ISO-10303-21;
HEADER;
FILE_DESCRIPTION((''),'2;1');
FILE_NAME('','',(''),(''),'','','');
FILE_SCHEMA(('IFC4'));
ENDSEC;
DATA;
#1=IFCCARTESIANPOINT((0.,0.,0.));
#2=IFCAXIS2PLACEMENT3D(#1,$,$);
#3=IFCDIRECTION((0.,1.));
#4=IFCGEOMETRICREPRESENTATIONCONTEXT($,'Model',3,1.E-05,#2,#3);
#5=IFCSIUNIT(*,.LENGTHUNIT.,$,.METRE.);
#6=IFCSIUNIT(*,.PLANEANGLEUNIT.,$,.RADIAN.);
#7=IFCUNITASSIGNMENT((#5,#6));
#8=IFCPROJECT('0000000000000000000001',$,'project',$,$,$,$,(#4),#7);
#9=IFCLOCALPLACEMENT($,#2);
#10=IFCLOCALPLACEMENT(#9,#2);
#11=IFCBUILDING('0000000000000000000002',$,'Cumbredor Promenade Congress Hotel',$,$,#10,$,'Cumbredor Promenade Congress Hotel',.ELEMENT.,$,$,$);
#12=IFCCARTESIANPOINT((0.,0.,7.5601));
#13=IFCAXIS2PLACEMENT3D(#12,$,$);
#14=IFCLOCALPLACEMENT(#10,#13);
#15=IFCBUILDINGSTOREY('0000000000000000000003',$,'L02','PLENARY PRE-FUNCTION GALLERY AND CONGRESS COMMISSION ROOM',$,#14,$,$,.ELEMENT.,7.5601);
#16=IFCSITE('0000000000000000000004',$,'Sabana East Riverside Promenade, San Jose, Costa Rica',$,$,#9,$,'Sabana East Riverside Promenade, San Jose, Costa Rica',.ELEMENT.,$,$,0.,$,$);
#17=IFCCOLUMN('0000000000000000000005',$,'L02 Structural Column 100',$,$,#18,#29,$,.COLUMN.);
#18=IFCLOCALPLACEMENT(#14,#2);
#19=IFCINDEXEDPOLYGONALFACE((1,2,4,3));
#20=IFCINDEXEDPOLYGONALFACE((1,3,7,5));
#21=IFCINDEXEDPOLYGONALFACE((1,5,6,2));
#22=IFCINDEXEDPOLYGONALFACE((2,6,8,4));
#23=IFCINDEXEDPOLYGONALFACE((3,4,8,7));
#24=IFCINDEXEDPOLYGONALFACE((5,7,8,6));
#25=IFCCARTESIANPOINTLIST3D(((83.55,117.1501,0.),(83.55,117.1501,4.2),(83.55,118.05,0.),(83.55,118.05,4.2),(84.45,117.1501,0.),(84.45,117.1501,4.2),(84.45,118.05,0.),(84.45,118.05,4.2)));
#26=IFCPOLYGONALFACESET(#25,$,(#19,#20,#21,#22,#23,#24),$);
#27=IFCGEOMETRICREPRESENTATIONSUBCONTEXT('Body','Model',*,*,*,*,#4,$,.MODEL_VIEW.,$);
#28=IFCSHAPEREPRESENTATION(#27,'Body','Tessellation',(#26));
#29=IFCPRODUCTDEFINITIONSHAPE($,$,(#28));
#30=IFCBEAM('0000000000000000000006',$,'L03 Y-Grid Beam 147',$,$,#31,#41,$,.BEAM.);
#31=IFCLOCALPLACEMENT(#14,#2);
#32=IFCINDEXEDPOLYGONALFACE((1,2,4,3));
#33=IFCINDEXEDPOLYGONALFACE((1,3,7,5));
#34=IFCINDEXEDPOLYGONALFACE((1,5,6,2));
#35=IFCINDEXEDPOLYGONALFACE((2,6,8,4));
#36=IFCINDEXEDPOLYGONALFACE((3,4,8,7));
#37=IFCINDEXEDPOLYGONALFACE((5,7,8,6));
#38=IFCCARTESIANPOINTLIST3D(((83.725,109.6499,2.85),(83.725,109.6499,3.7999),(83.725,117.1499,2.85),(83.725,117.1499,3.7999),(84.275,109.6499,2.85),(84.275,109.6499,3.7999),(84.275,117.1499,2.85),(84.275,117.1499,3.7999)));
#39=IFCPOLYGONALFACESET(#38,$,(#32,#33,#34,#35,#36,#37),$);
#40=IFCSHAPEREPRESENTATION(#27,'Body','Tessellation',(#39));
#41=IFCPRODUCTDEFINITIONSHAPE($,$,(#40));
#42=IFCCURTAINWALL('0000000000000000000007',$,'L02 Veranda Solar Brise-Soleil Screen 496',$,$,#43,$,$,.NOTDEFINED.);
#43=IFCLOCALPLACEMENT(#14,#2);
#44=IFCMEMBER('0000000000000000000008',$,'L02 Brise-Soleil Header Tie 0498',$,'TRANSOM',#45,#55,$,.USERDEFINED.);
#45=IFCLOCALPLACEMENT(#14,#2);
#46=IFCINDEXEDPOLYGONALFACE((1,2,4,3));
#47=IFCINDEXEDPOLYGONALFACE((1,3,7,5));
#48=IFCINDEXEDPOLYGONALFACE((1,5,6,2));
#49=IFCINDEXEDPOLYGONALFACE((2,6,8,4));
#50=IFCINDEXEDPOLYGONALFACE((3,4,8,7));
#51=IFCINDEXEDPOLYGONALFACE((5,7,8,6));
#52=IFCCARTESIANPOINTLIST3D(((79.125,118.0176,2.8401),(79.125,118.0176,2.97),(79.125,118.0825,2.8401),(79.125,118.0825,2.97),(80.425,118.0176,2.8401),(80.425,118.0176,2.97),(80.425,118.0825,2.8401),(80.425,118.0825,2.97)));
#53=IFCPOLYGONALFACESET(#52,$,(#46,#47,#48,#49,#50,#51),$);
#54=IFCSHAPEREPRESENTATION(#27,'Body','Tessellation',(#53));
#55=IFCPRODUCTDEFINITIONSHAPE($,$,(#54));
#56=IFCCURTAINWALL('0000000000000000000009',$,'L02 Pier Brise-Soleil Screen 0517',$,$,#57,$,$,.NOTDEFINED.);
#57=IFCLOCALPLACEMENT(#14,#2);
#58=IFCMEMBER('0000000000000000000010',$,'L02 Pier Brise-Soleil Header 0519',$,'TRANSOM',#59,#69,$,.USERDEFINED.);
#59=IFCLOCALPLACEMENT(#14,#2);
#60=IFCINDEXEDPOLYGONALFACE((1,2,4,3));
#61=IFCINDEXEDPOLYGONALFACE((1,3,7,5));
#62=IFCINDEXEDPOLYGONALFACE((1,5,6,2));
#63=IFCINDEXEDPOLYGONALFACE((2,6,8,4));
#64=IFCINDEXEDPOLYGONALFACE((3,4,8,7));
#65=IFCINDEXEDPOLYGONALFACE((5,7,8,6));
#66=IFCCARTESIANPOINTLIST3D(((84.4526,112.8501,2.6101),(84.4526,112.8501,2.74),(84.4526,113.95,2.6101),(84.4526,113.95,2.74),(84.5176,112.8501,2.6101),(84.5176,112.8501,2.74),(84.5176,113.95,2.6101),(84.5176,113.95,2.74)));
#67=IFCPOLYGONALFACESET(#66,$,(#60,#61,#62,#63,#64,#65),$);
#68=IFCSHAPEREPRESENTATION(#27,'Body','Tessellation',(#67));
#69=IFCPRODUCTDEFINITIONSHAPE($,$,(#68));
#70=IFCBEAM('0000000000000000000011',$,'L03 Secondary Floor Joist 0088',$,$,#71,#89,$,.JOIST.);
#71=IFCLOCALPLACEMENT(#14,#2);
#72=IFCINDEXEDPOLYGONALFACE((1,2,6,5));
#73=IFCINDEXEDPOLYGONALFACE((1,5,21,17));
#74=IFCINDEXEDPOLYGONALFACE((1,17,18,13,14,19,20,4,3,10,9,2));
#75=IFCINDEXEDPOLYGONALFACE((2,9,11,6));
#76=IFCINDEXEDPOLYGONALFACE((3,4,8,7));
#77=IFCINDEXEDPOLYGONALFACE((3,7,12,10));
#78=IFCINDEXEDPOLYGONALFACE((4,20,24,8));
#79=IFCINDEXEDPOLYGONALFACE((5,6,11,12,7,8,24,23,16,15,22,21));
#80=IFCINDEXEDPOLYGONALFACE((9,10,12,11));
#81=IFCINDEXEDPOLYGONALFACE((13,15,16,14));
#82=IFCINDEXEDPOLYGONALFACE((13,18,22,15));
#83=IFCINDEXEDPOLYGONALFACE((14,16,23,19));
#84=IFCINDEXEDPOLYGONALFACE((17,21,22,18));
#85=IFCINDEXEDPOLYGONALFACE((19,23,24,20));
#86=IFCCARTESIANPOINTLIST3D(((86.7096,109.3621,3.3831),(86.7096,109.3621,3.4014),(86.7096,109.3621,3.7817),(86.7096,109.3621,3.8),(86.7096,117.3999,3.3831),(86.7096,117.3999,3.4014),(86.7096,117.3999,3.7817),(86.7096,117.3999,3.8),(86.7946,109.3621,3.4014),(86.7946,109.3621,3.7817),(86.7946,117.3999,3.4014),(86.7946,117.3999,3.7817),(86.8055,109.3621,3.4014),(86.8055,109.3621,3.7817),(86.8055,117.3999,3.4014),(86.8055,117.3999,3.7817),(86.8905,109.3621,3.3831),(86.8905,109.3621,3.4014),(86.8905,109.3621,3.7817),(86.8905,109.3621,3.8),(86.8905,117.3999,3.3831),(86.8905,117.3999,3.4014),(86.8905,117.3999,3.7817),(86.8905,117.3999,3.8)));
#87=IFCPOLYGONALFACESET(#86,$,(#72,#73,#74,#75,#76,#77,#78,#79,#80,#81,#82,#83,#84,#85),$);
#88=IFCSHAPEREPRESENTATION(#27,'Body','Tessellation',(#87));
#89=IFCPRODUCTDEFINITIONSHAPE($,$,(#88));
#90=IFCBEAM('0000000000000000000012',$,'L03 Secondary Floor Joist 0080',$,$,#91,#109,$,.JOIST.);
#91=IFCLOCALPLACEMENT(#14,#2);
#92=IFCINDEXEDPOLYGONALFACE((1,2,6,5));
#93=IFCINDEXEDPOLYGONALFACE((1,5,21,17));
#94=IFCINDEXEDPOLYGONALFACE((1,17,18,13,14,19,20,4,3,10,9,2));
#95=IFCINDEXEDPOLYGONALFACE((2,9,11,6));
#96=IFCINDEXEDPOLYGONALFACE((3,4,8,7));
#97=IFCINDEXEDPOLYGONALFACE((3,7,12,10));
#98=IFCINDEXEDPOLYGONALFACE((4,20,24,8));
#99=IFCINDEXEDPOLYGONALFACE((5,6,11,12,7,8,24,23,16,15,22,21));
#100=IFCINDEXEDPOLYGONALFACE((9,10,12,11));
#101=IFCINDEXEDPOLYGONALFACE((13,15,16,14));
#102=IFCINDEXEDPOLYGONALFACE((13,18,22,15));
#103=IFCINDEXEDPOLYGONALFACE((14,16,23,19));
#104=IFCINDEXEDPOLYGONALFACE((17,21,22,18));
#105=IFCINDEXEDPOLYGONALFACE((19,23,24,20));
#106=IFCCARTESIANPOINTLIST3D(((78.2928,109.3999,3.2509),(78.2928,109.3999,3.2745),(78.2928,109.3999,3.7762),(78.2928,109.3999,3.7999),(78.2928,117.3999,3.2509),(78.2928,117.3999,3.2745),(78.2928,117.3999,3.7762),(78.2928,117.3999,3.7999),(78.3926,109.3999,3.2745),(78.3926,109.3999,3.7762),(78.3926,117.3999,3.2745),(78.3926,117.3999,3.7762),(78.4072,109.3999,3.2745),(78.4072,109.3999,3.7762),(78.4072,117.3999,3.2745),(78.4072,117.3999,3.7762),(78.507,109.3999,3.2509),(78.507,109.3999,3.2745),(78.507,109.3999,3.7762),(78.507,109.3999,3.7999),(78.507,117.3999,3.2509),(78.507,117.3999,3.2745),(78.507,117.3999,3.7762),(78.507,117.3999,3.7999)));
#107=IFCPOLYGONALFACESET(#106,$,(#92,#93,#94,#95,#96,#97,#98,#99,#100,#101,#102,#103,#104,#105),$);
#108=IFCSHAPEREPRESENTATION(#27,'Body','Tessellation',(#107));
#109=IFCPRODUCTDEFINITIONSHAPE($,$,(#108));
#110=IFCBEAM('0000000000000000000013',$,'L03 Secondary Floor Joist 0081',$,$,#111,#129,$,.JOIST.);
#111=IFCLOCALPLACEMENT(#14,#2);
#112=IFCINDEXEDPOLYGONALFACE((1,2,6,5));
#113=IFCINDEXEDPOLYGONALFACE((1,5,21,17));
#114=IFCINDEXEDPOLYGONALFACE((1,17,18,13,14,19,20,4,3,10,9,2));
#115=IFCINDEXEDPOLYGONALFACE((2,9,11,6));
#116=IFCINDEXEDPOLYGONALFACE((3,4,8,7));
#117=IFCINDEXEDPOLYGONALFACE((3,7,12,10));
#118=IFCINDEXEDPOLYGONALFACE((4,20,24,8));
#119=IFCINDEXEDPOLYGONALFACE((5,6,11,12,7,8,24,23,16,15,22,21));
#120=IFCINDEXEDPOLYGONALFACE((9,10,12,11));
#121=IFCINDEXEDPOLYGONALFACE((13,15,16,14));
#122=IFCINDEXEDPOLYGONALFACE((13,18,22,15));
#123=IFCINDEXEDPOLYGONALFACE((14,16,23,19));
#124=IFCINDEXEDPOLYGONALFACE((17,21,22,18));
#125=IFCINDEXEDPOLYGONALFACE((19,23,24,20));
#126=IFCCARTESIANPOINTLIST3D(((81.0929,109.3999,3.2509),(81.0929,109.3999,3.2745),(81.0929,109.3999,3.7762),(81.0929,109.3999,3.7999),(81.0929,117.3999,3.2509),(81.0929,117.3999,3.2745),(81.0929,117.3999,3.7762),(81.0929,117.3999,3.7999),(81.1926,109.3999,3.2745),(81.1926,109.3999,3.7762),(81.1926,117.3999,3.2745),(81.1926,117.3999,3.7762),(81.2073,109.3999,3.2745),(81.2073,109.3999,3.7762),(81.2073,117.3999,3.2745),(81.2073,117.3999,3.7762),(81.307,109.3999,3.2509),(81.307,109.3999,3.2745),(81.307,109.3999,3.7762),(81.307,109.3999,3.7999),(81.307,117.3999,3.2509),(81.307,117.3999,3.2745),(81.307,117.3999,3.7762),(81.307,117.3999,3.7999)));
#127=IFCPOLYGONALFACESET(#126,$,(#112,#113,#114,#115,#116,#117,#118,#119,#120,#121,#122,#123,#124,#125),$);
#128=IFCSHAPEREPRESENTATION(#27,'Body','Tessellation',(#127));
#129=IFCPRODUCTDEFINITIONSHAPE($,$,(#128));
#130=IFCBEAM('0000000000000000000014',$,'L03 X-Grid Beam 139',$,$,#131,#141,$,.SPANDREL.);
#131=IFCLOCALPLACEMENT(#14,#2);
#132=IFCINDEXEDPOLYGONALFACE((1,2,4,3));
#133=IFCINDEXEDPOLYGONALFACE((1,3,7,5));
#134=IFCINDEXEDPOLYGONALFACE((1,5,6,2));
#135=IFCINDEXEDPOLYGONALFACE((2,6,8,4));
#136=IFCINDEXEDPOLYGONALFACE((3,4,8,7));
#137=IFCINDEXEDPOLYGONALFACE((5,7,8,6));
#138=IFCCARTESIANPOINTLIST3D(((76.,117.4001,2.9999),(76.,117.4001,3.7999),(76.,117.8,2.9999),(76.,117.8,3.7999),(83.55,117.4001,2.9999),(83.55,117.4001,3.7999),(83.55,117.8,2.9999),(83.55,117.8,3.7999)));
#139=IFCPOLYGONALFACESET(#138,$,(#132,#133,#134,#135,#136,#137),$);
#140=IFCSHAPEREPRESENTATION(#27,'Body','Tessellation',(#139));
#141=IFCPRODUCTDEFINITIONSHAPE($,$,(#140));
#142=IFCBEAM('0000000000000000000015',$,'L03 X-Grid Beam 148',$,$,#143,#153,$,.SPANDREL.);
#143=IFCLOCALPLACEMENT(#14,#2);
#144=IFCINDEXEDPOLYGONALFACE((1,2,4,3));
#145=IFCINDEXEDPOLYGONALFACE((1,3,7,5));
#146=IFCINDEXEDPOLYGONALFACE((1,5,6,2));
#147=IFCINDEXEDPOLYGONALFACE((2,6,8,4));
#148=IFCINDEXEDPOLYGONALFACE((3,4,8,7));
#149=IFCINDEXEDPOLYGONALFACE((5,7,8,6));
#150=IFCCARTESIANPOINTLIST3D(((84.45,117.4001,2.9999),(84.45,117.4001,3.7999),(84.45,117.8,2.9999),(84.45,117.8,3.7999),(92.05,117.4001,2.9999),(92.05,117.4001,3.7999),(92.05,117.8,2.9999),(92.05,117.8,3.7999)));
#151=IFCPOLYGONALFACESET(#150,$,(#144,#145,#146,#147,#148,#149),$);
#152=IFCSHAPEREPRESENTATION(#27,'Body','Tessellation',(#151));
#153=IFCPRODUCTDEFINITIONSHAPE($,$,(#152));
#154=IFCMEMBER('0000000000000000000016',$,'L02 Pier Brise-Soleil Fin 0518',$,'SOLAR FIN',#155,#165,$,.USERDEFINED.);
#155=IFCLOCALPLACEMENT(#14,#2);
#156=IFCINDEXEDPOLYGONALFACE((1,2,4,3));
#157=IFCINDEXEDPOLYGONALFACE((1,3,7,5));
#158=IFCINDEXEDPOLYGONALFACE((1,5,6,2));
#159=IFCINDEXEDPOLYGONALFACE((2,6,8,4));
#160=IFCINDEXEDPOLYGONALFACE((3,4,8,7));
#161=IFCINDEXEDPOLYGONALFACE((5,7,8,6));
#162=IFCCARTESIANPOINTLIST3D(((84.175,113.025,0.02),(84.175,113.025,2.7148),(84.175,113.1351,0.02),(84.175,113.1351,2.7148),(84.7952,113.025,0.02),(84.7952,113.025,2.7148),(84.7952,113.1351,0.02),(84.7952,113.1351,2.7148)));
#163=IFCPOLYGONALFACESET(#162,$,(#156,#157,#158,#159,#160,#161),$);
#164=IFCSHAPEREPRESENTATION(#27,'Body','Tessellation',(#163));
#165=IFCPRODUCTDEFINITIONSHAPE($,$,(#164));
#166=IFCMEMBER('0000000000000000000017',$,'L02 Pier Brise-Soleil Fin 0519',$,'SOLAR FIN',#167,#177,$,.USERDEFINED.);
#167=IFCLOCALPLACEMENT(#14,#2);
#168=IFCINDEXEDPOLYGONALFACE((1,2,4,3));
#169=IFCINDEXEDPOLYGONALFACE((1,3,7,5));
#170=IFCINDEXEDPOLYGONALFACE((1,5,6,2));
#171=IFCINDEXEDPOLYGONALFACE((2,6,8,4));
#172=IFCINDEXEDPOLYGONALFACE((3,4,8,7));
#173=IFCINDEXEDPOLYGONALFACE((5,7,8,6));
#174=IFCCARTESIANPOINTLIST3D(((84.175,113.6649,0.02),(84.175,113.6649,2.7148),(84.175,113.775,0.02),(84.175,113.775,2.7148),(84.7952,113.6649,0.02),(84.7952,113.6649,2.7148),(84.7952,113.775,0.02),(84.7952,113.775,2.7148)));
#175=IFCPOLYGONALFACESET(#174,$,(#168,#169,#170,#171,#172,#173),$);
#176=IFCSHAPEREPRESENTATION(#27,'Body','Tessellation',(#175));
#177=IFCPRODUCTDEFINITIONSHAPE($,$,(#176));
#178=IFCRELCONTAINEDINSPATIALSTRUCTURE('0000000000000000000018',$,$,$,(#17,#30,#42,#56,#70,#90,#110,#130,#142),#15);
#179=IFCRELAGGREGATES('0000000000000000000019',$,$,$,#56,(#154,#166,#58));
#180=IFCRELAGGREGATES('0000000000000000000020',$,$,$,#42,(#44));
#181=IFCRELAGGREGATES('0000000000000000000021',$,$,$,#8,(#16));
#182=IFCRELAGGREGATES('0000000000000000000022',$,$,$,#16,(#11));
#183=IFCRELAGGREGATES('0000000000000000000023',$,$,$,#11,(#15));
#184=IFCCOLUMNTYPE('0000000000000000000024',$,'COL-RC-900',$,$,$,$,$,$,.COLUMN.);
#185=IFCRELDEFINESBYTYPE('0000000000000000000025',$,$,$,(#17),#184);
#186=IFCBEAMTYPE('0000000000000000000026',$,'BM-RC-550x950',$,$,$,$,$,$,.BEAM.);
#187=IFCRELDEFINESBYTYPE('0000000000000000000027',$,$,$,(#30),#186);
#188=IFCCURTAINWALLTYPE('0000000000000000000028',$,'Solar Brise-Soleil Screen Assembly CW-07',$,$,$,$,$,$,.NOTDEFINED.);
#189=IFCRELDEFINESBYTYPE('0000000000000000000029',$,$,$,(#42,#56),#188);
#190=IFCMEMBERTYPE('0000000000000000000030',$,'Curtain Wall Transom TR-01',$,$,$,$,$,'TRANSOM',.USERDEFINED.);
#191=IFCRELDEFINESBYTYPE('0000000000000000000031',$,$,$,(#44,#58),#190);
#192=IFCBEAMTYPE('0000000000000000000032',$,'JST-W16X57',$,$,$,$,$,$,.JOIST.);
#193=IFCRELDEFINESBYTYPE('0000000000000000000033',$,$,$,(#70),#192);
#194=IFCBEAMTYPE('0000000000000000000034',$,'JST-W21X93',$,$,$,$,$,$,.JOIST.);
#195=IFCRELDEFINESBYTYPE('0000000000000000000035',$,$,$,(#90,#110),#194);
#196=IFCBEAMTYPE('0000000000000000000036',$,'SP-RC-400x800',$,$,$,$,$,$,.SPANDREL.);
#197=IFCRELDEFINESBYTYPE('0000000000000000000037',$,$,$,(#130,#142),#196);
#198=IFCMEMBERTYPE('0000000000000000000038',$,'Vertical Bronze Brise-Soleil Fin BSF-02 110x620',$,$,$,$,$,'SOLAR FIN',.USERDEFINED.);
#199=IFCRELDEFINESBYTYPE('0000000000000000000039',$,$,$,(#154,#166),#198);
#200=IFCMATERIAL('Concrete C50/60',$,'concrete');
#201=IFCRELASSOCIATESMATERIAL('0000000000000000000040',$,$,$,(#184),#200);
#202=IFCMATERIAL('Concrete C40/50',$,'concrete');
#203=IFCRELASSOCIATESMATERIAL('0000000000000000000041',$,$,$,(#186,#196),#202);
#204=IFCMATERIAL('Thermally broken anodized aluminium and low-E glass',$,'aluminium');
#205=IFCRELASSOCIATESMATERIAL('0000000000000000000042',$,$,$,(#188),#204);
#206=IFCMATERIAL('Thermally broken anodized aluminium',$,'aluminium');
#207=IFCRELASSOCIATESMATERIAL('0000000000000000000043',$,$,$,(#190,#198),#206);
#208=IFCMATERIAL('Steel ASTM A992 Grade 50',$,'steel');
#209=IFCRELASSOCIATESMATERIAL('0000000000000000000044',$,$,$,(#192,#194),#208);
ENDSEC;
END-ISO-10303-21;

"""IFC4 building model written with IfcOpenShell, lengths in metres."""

from ifc_helpers import new_model, si_unit, direction, frame, origin, origin_2d, place, context, subcontext, project, spatial, rectangle, i_section, extrude, material, material_profile, profile_set, type_object, element, aggregate, save


model = new_model("IFC4")

# Units and contexts
model_context = context("Model", 3, precision=1e-05, world=origin(), true_north=direction((0.0, 1.0)))
body_context = subcontext(model_context, "Body", "Model", "MODEL_VIEW")
ifc_project = project(units=[si_unit("LENGTHUNIT", "METRE"), si_unit("PLANEANGLEUNIT", "RADIAN")], contexts=[model_context])

# Site, building, storey
site_placement = place(None, origin())
site = spatial("IfcSite", under=ifc_project, at=site_placement, Name="Sabana East Riverside Promenade, San Jose, Costa Rica", LongName="Sabana East Riverside Promenade, San Jose, Costa Rica", CompositionType="ELEMENT", RefElevation=0.0)
building_placement = place(site_placement, origin())
building = spatial("IfcBuilding", under=site, at=building_placement, Name="Cumbredor Promenade Congress Hotel", LongName="Cumbredor Promenade Congress Hotel", CompositionType="ELEMENT")
storey_placement = place(building_placement, frame((0.0, 0.0, 7.5601)))
storey = spatial("IfcBuildingStorey", under=building, at=storey_placement, Name="L02", Description="PLENARY PRE-FUNCTION GALLERY AND CONGRESS COMMISSION ROOM", CompositionType="ELEMENT", Elevation=7.5601)

# Column
ifc_material_1 = material(Name="Concrete C50/60", Category="concrete")
ifc_material_profile_1 = material_profile(ifc_material_1, rectangle(XDim=0.8999, YDim=0.8999, at=origin_2d()), Name="RC 900x900")
ifc_profile_set_1 = profile_set([ifc_material_profile_1], Name="Concrete C50/60")
column_type = type_object("IfcColumnType", Name="COL-RC-900", PredefinedType="COLUMN", material=ifc_profile_set_1)
column_placement = place(storey_placement, frame((84.0, 117.6001, 0.0), z_axis=(0.0, 0.0, 1.0), x_axis=(1.0, 0.0, 0.0)))
element("IfcColumn", 1, at=column_placement, inside=storey, type_object=column_type, Name="L02 Structural Column 100", PredefinedType="COLUMN", context=body_context, shape_type="SweptSolid", body=[
    extrude(rectangle(XDim=0.8999, YDim=0.8999, at=origin_2d()), origin(), (0.0, 0.0, 1.0), 4.2),
])

# Beam
ifc_material_2 = material(Name="Concrete C40/50", Category="concrete")
ifc_material_profile_2 = material_profile(ifc_material_2, rectangle(XDim=0.55, YDim=0.95, at=origin_2d()), Name="RC BEAM 550x950")
ifc_profile_set_2 = profile_set([ifc_material_profile_2], Name="Concrete C40/50")
beam_type_1 = type_object("IfcBeamType", Name="BM-RC-550x950", PredefinedType="BEAM", material=ifc_profile_set_2)
beam_1_placement = place(storey_placement, frame((84.0, 109.6499, 3.325), z_axis=(0.0, 1.0, 0.0), x_axis=(-1.0, 0.0, 0.0)))
element("IfcBeam", 2, at=beam_1_placement, inside=storey, type_object=beam_type_1, Name="L03 Y-Grid Beam 147", PredefinedType="BEAM", context=body_context, shape_type="SweptSolid", body=[
    extrude(rectangle(XDim=0.55, YDim=0.95, at=origin_2d()), origin(), (0.0, 0.0, 1.0), 7.5),
])

# Curtain walls, members
ifc_material_3 = material(Name="Thermally broken anodized aluminium and low-E glass", Category="aluminium")
curtain_wall_type = type_object("IfcCurtainWallType", Name="Solar Brise-Soleil Screen Assembly CW-07", PredefinedType="NOTDEFINED", material=ifc_material_3)
curtain_wall_1_placement = place(storey_placement, origin())
curtain_wall_1 = element("IfcCurtainWall", 3, at=curtain_wall_1_placement, inside=storey, type_object=curtain_wall_type, Name="L02 Veranda Solar Brise-Soleil Screen 496", PredefinedType="NOTDEFINED")
ifc_material_4 = material(Name="Thermally broken anodized aluminium", Category="aluminium")
ifc_material_profile_3 = material_profile(ifc_material_4, rectangle(XDim=0.0649, YDim=0.1299, at=origin_2d()), Name="ALU TRANSOM 65x130")
ifc_profile_set_3 = profile_set([ifc_material_profile_3], Name="Thermally broken anodized aluminium")
member_type_1 = type_object("IfcMemberType", Name="Curtain Wall Transom TR-01", ElementType="TRANSOM", PredefinedType="USERDEFINED", material=ifc_profile_set_3)
member_1_placement = place(storey_placement, frame((79.125, 118.05, 2.905), z_axis=(1.0, 0.0, 0.0), x_axis=(0.0, 1.0, 0.0)))
member_1 = element("IfcMember", 4, at=member_1_placement, type_object=member_type_1, Name="L02 Brise-Soleil Header Tie 0498", ObjectType="TRANSOM", PredefinedType="USERDEFINED", context=body_context, shape_type="SweptSolid", body=[
    extrude(rectangle(XDim=0.0649, YDim=0.1299, at=origin_2d()), origin(), (0.0, 0.0, 1.0), 1.3),
])
curtain_wall_2_placement = place(storey_placement, origin())
curtain_wall_2 = element("IfcCurtainWall", 5, at=curtain_wall_2_placement, inside=storey, type_object=curtain_wall_type, Name="L02 Pier Brise-Soleil Screen 0517", PredefinedType="NOTDEFINED")
member_2_placement = place(storey_placement, frame((84.4851, 112.8501, 2.675), z_axis=(0.0, 1.0, 0.0), x_axis=(-1.0, 0.0, 0.0)))
member_2 = element("IfcMember", 6, at=member_2_placement, type_object=member_type_1, Name="L02 Pier Brise-Soleil Header 0519", ObjectType="TRANSOM", PredefinedType="USERDEFINED", context=body_context, shape_type="SweptSolid", body=[
    extrude(rectangle(XDim=0.0649, YDim=0.1299, at=origin_2d()), origin(), (0.0, 0.0, 1.0), 1.0999),
])

# Beams
ifc_material_5 = material(Name="Steel ASTM A992 Grade 50", Category="steel")
ifc_material_profile_4 = material_profile(ifc_material_5, i_section(OverallWidth=0.1809, OverallDepth=0.417, WebThickness=0.011, FlangeThickness=0.0183, at=origin_2d()), Name="W16X57")
ifc_profile_set_4 = profile_set([ifc_material_profile_4], Name="Steel ASTM A992 Grade 50")
beam_type_2 = type_object("IfcBeamType", Name="JST-W16X57", PredefinedType="JOIST", material=ifc_profile_set_4)
beam_2_placement = place(storey_placement, frame((86.8, 109.3621, 3.5916), z_axis=(0.0, 1.0, 0.0), x_axis=(-1.0, 0.0, 0.0)))
element("IfcBeam", 7, at=beam_2_placement, inside=storey, type_object=beam_type_2, Name="L03 Secondary Floor Joist 0088", PredefinedType="JOIST", context=body_context, shape_type="SweptSolid", body=[
    extrude(i_section(OverallWidth=0.1809, OverallDepth=0.417, WebThickness=0.011, FlangeThickness=0.0183, at=origin_2d()), origin(), (0.0, 0.0, 1.0), 8.0378),
])
ifc_material_profile_5 = material_profile(ifc_material_5, i_section(OverallWidth=0.2141, OverallDepth=0.5491, WebThickness=0.0146, FlangeThickness=0.0237, at=origin_2d()), Name="W21X93")
ifc_profile_set_5 = profile_set([ifc_material_profile_5], Name="Steel ASTM A992 Grade 50")
beam_type_3 = type_object("IfcBeamType", Name="JST-W21X93", PredefinedType="JOIST", material=ifc_profile_set_5)
for number, where, z_axis, x_axis, name in (
    (8, (78.3999, 109.3999, 3.5254), (0.0, 1.0, 0.0), (-1.0, 0.0, 0.0), "L03 Secondary Floor Joist 0080"),
    (9, (81.2, 109.3999, 3.5254), (0.0, 1.0, 0.0), (-1.0, 0.0, 0.0), "L03 Secondary Floor Joist 0081"),
):
    element("IfcBeam", number, at=place(storey_placement, frame(where, z_axis=z_axis, x_axis=x_axis)), inside=storey, type_object=beam_type_3, Name=name, PredefinedType="JOIST", context=body_context, shape_type="SweptSolid", body=[
        extrude(i_section(OverallWidth=0.2141, OverallDepth=0.5491, WebThickness=0.0146, FlangeThickness=0.0237, at=origin_2d()), origin(), (0.0, 0.0, 1.0), 8.0),
    ])
ifc_material_profile_6 = material_profile(ifc_material_2, rectangle(XDim=0.3999, YDim=0.8, at=origin_2d()), Name="RC SPANDREL 400x800")
ifc_profile_set_6 = profile_set([ifc_material_profile_6], Name="Concrete C40/50")
beam_type_4 = type_object("IfcBeamType", Name="SP-RC-400x800", PredefinedType="SPANDREL", material=ifc_profile_set_6)
beam_3_placement = place(storey_placement, frame((76.0, 117.6001, 3.3999), z_axis=(1.0, 0.0, 0.0), x_axis=(0.0, 1.0, 0.0)))
element("IfcBeam", 10, at=beam_3_placement, inside=storey, type_object=beam_type_4, Name="L03 X-Grid Beam 139", PredefinedType="SPANDREL", context=body_context, shape_type="SweptSolid", body=[
    extrude(rectangle(XDim=0.3999, YDim=0.8, at=origin_2d()), origin(), (0.0, 0.0, 1.0), 7.55),
])
beam_4_placement = place(storey_placement, frame((84.45, 117.6001, 3.3999), z_axis=(1.0, 0.0, 0.0), x_axis=(0.0, 1.0, 0.0)))
element("IfcBeam", 11, at=beam_4_placement, inside=storey, type_object=beam_type_4, Name="L03 X-Grid Beam 148", PredefinedType="SPANDREL", context=body_context, shape_type="SweptSolid", body=[
    extrude(rectangle(XDim=0.3999, YDim=0.8, at=origin_2d()), origin(), (0.0, 0.0, 1.0), 7.6001),
])

# Members
ifc_material_profile_7 = material_profile(ifc_material_4, rectangle(XDim=0.1101, YDim=0.6201, at=origin_2d()), Name="ARCH FIN 110x620")
ifc_profile_set_7 = profile_set([ifc_material_profile_7], Name="Thermally broken anodized aluminium")
member_type_2 = type_object("IfcMemberType", Name="Vertical Bronze Brise-Soleil Fin BSF-02 110x620", ElementType="SOLAR FIN", PredefinedType="USERDEFINED", material=ifc_profile_set_7)
member_3_placement = place(storey_placement, frame((84.4851, 113.0801, 0.02), z_axis=(0.0, 0.0, 1.0), x_axis=(0.0, 1.0, 0.0)))
member_3 = element("IfcMember", 12, at=member_3_placement, type_object=member_type_2, Name="L02 Pier Brise-Soleil Fin 0518", ObjectType="SOLAR FIN", PredefinedType="USERDEFINED", context=body_context, shape_type="SweptSolid", body=[
    extrude(rectangle(XDim=0.1101, YDim=0.6201, at=origin_2d()), origin(), (0.0, 0.0, 1.0), 2.6948),
])
member_4_placement = place(storey_placement, frame((84.4851, 113.72, 0.02), z_axis=(0.0, 0.0, 1.0), x_axis=(0.0, 1.0, 0.0)))
member_4 = element("IfcMember", 13, at=member_4_placement, type_object=member_type_2, Name="L02 Pier Brise-Soleil Fin 0519", ObjectType="SOLAR FIN", PredefinedType="USERDEFINED", context=body_context, shape_type="SweptSolid", body=[
    extrude(rectangle(XDim=0.1101, YDim=0.6201, at=origin_2d()), origin(), (0.0, 0.0, 1.0), 2.6948),
])
aggregate(curtain_wall_2, [member_3, member_4, member_2])
aggregate(curtain_wall_1, [member_1])

save(model, "model.ifc")
